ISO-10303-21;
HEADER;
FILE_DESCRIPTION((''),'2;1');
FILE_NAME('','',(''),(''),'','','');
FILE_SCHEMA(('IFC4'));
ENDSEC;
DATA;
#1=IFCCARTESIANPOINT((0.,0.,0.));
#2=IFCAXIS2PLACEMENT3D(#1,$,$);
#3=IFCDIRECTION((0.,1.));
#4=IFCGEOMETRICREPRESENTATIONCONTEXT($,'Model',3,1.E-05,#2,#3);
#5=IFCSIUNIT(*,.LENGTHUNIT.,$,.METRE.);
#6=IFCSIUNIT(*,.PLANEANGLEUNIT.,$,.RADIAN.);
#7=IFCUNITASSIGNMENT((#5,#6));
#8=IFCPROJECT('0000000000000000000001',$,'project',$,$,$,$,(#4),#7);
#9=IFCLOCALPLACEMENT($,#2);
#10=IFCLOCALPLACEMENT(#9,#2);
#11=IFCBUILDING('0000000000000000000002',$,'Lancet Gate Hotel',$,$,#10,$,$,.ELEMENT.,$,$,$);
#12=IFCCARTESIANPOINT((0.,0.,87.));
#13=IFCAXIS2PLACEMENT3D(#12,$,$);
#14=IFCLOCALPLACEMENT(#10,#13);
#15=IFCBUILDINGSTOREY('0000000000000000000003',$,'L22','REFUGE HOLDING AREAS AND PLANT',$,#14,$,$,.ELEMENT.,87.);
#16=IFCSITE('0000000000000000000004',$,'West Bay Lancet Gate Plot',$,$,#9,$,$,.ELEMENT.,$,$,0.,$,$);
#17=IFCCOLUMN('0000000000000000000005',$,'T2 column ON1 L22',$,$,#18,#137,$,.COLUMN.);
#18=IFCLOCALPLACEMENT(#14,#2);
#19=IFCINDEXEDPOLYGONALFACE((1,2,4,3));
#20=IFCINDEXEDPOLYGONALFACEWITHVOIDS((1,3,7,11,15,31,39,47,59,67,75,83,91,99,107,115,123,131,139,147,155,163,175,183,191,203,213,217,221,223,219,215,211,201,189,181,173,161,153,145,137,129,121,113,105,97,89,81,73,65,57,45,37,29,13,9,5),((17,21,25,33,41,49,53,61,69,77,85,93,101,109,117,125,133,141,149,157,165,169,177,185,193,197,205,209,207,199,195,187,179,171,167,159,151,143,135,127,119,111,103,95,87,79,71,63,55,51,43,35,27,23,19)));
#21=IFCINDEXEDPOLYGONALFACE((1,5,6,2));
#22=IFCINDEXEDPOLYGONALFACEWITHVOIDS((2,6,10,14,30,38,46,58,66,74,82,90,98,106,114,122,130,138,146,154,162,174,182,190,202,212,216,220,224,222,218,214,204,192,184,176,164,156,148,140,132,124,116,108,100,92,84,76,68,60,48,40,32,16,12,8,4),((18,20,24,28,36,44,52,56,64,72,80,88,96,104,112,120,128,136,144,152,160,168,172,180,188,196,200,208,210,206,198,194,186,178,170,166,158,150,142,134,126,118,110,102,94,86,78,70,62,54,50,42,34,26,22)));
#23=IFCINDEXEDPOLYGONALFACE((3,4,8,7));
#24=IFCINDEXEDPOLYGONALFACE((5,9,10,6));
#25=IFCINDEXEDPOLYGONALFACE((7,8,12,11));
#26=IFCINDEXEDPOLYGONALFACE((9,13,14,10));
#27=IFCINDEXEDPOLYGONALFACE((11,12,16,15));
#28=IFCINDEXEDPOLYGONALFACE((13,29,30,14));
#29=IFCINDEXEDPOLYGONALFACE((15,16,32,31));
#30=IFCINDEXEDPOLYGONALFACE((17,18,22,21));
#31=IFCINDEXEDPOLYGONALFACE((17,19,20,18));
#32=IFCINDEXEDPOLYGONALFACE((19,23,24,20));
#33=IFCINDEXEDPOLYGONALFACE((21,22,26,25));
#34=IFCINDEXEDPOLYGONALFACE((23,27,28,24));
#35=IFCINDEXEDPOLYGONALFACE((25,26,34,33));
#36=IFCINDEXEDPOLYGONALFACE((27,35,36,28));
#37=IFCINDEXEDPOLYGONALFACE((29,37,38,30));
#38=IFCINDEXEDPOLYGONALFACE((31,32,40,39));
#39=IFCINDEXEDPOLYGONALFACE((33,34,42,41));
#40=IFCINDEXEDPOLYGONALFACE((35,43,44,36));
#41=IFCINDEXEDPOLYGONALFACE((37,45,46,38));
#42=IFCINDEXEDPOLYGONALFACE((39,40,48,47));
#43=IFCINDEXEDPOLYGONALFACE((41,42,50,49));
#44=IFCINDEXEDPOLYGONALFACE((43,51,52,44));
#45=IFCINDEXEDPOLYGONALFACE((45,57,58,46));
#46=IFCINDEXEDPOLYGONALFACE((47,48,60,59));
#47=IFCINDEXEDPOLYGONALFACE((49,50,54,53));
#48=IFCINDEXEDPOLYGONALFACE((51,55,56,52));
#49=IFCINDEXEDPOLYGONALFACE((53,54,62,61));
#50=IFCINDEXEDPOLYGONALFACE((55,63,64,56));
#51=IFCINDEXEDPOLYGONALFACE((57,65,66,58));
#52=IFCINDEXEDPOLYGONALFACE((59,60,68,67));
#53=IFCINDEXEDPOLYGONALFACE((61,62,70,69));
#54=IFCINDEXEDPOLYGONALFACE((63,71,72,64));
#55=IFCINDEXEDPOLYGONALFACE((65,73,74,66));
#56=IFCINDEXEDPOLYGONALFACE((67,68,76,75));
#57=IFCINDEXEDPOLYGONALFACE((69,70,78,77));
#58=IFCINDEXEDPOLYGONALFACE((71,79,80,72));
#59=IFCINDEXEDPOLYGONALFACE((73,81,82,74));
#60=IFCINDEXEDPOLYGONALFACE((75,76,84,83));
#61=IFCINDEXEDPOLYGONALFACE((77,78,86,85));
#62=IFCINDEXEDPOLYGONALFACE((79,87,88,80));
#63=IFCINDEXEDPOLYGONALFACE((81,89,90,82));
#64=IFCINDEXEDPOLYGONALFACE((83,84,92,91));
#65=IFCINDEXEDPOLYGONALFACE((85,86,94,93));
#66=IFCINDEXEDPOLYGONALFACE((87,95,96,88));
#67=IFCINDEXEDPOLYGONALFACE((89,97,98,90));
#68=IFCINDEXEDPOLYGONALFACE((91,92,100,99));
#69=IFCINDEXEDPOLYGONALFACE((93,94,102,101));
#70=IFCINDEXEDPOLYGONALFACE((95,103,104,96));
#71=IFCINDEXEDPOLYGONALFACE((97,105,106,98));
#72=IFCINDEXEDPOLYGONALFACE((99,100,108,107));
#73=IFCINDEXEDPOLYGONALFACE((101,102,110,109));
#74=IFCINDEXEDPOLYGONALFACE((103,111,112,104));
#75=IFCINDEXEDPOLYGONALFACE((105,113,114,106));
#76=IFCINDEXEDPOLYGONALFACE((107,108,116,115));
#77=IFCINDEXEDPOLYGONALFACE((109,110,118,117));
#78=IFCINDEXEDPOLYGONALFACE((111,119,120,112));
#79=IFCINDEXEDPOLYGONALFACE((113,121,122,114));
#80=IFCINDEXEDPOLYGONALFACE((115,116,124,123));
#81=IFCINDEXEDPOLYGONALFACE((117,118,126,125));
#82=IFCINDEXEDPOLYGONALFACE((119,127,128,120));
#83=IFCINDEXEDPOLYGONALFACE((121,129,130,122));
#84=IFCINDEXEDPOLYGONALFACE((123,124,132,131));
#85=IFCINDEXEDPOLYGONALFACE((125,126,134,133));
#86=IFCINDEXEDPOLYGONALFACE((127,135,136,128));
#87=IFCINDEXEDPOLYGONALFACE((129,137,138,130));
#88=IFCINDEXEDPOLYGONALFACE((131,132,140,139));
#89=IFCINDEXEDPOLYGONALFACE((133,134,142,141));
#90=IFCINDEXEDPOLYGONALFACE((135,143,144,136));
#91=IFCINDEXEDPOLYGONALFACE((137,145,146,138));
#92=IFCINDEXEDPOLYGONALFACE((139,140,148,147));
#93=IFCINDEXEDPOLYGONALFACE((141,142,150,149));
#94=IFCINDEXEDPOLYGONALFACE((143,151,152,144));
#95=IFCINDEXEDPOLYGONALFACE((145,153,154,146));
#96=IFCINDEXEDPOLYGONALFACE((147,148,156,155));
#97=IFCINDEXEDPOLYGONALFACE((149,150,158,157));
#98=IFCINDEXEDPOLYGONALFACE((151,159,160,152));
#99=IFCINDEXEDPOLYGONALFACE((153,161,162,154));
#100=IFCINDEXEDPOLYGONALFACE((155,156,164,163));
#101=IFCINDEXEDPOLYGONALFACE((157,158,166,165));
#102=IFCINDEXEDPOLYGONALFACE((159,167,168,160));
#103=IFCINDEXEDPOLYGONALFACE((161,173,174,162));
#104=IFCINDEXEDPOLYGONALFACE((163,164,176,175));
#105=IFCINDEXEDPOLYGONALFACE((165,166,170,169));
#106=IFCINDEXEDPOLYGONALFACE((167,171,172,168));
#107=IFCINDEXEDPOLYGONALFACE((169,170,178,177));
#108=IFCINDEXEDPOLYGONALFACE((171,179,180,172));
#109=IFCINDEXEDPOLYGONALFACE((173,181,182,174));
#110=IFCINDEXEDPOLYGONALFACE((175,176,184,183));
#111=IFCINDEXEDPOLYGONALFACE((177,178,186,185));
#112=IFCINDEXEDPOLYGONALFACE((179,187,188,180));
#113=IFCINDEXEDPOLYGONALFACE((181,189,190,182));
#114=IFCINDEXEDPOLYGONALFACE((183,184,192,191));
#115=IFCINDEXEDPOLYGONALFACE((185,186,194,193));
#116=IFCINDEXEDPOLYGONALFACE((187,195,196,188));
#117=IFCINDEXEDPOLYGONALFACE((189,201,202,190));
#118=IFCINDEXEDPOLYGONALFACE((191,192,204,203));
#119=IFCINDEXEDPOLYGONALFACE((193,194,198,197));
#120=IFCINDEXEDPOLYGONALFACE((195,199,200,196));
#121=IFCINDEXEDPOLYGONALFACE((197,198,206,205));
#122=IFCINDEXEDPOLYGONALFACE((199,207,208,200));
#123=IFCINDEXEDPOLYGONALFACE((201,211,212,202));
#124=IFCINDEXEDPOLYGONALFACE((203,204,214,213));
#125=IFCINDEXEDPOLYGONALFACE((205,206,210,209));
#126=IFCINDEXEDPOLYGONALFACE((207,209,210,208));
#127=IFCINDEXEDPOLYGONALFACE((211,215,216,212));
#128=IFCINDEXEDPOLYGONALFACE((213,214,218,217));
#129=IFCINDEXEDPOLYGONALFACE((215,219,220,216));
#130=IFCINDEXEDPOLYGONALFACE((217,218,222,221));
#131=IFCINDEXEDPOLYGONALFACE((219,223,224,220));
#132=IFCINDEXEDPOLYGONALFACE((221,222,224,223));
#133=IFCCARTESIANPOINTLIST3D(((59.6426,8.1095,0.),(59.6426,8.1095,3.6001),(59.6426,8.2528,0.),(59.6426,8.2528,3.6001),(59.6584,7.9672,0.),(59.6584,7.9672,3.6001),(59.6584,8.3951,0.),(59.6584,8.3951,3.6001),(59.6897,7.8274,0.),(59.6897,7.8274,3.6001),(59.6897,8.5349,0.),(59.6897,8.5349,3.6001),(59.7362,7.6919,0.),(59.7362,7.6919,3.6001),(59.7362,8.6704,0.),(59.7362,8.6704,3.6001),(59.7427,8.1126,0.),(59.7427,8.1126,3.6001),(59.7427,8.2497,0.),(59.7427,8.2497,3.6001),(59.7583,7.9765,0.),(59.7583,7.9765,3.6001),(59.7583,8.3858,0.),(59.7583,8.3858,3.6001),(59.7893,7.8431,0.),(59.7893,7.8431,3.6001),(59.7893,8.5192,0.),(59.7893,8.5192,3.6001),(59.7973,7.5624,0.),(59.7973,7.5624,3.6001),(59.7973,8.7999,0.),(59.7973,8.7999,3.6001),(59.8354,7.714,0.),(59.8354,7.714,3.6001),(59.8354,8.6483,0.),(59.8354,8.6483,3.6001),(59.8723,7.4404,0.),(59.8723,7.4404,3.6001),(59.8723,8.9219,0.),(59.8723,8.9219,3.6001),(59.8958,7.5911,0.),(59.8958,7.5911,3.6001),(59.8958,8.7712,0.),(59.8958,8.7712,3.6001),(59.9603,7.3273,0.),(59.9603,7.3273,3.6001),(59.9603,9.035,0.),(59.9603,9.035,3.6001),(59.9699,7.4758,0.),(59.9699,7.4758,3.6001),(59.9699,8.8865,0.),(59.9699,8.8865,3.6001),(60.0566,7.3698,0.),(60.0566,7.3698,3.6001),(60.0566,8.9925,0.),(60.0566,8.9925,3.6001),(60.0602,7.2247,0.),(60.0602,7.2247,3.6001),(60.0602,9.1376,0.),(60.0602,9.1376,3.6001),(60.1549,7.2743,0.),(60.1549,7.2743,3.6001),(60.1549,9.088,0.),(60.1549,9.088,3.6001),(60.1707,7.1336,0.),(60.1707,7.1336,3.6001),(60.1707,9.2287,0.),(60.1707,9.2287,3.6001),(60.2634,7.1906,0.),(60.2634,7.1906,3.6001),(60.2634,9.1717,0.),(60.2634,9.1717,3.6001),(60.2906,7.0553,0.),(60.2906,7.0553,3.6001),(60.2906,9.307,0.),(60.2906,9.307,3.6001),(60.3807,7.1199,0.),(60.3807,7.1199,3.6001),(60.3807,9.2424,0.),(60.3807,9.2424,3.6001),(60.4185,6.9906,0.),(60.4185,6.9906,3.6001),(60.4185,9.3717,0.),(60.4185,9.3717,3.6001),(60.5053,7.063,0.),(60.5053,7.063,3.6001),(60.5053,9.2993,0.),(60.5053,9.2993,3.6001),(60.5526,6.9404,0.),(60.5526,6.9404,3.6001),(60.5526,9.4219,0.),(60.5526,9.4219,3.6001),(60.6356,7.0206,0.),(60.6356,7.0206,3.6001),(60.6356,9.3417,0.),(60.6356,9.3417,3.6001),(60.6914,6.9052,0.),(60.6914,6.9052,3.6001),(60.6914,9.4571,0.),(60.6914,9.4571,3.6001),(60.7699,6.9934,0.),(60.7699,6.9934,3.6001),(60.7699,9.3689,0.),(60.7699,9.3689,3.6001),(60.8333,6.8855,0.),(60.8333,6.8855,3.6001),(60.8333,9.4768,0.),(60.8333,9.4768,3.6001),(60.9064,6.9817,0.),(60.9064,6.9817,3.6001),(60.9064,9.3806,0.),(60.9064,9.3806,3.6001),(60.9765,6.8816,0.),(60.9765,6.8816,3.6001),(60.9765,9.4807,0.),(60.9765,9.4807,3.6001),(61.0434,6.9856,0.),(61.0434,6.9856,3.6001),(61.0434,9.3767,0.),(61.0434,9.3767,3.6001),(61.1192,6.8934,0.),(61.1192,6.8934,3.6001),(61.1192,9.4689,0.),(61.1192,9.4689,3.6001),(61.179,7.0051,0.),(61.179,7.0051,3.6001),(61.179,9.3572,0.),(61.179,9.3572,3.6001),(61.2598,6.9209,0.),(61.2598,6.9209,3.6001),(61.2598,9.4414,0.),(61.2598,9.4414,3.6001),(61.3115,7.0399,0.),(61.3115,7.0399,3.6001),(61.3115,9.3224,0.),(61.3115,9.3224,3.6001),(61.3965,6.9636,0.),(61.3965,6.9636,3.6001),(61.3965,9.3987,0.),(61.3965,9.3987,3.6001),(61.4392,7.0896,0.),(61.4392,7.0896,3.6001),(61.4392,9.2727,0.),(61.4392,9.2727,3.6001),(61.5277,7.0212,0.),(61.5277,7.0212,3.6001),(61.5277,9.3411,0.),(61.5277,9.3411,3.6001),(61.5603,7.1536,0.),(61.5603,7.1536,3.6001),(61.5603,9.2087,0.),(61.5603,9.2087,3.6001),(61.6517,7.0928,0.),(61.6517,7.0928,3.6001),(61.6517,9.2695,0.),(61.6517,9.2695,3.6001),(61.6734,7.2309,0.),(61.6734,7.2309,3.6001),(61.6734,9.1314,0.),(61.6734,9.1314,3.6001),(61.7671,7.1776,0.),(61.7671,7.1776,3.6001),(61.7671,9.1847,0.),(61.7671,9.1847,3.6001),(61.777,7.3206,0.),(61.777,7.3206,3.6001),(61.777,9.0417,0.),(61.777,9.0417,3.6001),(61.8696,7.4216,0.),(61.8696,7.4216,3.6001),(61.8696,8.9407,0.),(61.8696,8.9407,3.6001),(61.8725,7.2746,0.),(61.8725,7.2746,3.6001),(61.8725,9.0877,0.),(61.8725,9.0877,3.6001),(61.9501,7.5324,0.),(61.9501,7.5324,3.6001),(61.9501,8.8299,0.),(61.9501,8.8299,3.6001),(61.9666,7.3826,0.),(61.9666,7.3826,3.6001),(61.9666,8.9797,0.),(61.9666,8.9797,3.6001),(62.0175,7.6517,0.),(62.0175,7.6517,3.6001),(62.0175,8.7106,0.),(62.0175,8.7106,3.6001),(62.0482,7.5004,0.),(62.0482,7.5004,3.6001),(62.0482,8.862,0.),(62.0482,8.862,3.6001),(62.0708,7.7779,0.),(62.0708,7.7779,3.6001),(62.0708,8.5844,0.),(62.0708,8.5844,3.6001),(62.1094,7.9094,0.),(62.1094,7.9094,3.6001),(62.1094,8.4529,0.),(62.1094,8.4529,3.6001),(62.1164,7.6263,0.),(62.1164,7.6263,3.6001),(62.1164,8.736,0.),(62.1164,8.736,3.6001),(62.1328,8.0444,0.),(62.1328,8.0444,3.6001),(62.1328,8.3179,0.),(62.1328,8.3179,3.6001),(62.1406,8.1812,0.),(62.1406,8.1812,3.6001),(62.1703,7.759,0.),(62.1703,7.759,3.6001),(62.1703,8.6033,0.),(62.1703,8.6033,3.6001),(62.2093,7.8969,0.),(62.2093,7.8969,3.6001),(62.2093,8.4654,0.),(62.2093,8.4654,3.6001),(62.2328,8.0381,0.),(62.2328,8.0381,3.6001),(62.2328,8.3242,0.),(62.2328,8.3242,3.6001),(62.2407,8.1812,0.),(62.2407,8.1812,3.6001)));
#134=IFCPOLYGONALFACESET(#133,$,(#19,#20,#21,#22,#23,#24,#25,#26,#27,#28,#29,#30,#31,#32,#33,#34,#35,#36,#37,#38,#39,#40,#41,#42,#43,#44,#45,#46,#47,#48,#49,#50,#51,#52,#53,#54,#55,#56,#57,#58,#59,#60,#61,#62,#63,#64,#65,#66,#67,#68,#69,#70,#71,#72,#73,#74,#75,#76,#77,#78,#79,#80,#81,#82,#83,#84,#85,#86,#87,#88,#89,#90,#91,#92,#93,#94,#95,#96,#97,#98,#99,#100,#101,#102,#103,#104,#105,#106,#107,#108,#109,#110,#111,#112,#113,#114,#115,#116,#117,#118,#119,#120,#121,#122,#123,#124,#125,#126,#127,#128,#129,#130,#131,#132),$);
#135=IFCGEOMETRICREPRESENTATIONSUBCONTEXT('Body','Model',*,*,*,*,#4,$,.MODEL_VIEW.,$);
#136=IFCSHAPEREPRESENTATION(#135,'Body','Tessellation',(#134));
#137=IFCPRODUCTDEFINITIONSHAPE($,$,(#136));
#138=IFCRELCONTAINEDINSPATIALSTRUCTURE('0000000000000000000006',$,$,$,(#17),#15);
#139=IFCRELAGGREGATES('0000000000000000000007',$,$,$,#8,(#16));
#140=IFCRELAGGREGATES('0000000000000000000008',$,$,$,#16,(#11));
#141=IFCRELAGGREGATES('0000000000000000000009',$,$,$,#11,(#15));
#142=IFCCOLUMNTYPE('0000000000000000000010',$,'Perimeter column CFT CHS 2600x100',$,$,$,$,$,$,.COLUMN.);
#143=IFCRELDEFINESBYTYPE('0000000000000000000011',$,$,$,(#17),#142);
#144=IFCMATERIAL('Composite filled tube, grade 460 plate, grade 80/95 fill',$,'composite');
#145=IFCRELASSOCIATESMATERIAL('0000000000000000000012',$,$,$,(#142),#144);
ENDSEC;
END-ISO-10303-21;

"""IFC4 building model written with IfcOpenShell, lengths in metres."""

from ifc_helpers import new_model, si_unit, direction, frame, origin, origin_2d, place, context, subcontext, project, spatial, hollow_circle, extrude, material, material_profile, profile_set, type_object, element, save


model = new_model("IFC4")

# Units and contexts
model_context = context("Model", 3, precision=1e-05, world=origin(), true_north=direction((0.0, 1.0)))
body_context = subcontext(model_context, "Body", "Model", "MODEL_VIEW")
ifc_project = project(units=[si_unit("LENGTHUNIT", "METRE"), si_unit("PLANEANGLEUNIT", "RADIAN")], contexts=[model_context])

# Site, building, storey
site_placement = place(None, origin())
site = spatial("IfcSite", under=ifc_project, at=site_placement, Name="West Bay Lancet Gate Plot", CompositionType="ELEMENT", RefElevation=0.0)
building_placement = place(site_placement, origin())
building = spatial("IfcBuilding", under=site, at=building_placement, Name="Lancet Gate Hotel", CompositionType="ELEMENT")
storey_placement = place(building_placement, frame((0.0, 0.0, 87.0)))
storey = spatial("IfcBuildingStorey", under=building, at=storey_placement, Name="L22", Description="REFUGE HOLDING AREAS AND PLANT", CompositionType="ELEMENT", Elevation=87.0)

# Column
ifc_material_1 = material(Name="Composite filled tube, grade 460 plate, grade 80/95 fill", Category="composite")
ifc_material_profile_1 = material_profile(ifc_material_1, hollow_circle(Radius=1.3, WallThickness=0.1001, at=origin_2d()), Name="CHS 2600x100")
ifc_profile_set_1 = profile_set([ifc_material_profile_1], Name="Composite filled tube, grade 460 plate, grade 80/95 fill")
column_type_1 = type_object("IfcColumnType", Name="Perimeter column CFT CHS 2600x100", PredefinedType="COLUMN", material=ifc_profile_set_1)
for number, where, z_axis, x_axis, name in (
    (1, (60.9407, 8.1812, 0.0), (0.0, 0.0, 1.0), (1.0, 0.0, 0.0), "T2 column ON1 L22"),
):
    element("IfcColumn", number, at=place(storey_placement, frame(where, z_axis=z_axis, x_axis=x_axis)), inside=storey, type_object=column_type_1, Name=name, PredefinedType="COLUMN", context=body_context, shape_type="SweptSolid", body=[
        extrude(hollow_circle(Radius=1.3, WallThickness=0.1001, at=origin_2d()), origin(), (0.0, 0.0, 1.0), 3.6001),
    ])

save(model, "model.ifc")
